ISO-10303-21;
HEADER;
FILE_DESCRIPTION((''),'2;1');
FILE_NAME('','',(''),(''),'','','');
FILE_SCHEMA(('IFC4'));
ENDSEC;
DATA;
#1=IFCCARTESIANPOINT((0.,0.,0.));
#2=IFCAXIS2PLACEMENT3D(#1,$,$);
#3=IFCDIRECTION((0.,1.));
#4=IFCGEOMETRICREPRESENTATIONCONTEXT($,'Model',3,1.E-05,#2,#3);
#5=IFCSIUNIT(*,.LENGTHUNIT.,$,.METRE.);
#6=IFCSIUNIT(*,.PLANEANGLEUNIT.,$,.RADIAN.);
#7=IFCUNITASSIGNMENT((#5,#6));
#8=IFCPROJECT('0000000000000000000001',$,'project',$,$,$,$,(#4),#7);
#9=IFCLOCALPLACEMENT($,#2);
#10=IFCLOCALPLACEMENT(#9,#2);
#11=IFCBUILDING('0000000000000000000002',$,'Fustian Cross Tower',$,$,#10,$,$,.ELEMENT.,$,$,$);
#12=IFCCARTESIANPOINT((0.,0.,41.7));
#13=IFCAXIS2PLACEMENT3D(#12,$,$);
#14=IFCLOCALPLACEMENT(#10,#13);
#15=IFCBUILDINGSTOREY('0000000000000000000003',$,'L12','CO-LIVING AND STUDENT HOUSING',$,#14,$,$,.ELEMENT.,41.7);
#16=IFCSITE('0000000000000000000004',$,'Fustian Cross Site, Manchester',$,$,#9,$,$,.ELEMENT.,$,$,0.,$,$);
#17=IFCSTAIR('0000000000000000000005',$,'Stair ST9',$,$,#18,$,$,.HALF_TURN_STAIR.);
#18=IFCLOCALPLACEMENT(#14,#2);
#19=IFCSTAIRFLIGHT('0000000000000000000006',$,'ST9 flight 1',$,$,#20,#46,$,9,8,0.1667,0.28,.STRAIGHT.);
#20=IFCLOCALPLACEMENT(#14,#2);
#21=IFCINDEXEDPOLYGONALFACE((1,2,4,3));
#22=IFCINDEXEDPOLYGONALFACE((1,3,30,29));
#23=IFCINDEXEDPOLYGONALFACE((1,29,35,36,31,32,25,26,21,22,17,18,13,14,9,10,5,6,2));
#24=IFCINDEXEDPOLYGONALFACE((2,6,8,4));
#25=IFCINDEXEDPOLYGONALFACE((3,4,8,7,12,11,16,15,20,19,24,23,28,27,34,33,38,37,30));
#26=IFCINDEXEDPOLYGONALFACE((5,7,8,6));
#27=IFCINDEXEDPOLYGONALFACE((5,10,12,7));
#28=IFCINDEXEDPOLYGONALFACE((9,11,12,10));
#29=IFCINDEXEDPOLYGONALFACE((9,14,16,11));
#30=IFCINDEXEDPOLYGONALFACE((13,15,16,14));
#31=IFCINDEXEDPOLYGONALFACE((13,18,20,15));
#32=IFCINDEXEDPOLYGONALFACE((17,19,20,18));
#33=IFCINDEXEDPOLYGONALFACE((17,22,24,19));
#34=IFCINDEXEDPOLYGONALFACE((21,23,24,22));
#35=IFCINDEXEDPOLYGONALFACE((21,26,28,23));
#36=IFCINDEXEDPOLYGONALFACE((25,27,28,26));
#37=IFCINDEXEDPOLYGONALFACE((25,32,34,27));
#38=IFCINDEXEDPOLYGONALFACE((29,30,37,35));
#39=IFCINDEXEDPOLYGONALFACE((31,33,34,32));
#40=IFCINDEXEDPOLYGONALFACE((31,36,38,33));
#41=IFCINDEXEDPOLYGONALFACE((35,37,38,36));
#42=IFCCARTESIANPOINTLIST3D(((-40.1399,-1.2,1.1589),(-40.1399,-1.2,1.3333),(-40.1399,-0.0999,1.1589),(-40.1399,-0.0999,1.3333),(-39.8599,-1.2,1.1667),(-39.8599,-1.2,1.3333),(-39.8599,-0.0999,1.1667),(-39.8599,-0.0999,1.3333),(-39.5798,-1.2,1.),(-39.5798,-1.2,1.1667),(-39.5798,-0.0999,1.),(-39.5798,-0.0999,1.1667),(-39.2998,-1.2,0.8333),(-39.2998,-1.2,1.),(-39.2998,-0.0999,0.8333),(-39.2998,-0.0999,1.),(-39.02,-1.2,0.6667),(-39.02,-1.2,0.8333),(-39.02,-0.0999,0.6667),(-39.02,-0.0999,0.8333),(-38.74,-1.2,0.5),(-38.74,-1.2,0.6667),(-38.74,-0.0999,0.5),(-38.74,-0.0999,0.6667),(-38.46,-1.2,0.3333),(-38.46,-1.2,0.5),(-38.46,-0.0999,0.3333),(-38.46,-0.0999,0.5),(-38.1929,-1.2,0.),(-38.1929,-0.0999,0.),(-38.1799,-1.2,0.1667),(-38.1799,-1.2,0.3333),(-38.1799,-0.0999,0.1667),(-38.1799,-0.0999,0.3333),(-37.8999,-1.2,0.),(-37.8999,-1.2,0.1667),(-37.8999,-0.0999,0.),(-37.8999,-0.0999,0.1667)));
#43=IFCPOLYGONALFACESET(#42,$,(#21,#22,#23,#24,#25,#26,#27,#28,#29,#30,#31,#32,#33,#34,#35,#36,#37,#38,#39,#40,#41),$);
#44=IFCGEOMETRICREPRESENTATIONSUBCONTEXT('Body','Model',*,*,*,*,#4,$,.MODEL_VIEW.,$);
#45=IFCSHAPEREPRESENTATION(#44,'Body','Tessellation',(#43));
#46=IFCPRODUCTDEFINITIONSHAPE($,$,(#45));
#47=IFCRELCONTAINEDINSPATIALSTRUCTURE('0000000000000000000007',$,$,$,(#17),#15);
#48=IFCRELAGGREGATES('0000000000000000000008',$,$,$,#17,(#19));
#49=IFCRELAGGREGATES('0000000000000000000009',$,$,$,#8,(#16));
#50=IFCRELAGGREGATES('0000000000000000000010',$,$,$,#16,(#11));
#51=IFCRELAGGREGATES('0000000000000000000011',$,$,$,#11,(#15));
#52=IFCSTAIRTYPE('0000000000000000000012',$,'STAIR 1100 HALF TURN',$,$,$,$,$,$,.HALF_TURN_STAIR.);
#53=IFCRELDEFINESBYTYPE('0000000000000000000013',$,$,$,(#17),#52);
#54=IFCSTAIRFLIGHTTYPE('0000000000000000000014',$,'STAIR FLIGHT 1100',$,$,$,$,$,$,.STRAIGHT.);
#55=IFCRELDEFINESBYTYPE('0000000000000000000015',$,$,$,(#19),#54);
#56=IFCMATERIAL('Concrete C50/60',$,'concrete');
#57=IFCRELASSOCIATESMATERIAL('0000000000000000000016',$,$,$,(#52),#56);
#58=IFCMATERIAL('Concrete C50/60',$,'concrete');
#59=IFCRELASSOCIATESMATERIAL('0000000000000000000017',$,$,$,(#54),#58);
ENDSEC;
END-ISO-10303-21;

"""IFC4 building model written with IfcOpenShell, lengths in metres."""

from ifc_helpers import new_model, si_unit, direction, frame, origin, place, context, subcontext, project, spatial, polyline, outline, extrude, material, type_object, element, aggregate, save


model = new_model("IFC4")

# Units and contexts
model_context = context("Model", 3, precision=1e-05, world=origin(), true_north=direction((0.0, 1.0)))
body_context = subcontext(model_context, "Body", "Model", "MODEL_VIEW")
ifc_project = project(units=[si_unit("LENGTHUNIT", "METRE"), si_unit("PLANEANGLEUNIT", "RADIAN")], contexts=[model_context])

# Site, building, storey
site_placement = place(None, origin())
site = spatial("IfcSite", under=ifc_project, at=site_placement, Name="Fustian Cross Site, Manchester", CompositionType="ELEMENT", RefElevation=0.0)
building_placement = place(site_placement, origin())
building = spatial("IfcBuilding", under=site, at=building_placement, Name="Fustian Cross Tower", CompositionType="ELEMENT")
storey_placement = place(building_placement, frame((0.0, 0.0, 41.7)))
storey = spatial("IfcBuildingStorey", under=building, at=storey_placement, Name="L12", Description="CO-LIVING AND STUDENT HOUSING", CompositionType="ELEMENT", Elevation=41.7)

# Stair, stair flight
ifc_material_1 = material(Name="Concrete C50/60", Category="concrete")
stair_type = type_object("IfcStairType", Name="STAIR 1100 HALF TURN", PredefinedType="HALF_TURN_STAIR", material=ifc_material_1)
stair_placement = place(storey_placement, origin())
stair = element("IfcStair", 1, at=stair_placement, inside=storey, type_object=stair_type, Name="Stair ST9", PredefinedType="HALF_TURN_STAIR")
ifc_material_2 = material(Name="Concrete C50/60", Category="concrete")
stair_flight_type = type_object("IfcStairFlightType", Name="STAIR FLIGHT 1100", PredefinedType="STRAIGHT", material=ifc_material_2)
stair_flight_placement = place(storey_placement, frame((-37.8999, -0.6499, 0.0), z_axis=(0.0, 0.0, 1.0), x_axis=(-1.0, 0.0, 0.0)))
stair_flight = element("IfcStairFlight", 2, at=stair_flight_placement, type_object=stair_flight_type, Name="ST9 flight 1", NumberOfRisers=9, NumberOfTreads=8, PredefinedType="STRAIGHT", RiserHeight=0.1667, TreadLength=0.28, context=body_context, shape_type="SweptSolid", body=[
    extrude(outline(polyline([(0.0, 0.0), (0.0, 0.1667), (0.28, 0.1667), (0.28, 0.3333), (0.5601, 0.3333), (0.5601, 0.5), (0.8401, 0.5), (0.8401, 0.6667), (1.1201, 0.6667), (1.1201, 0.8333), (1.3999, 0.8333), (1.3999, 1.0), (1.6799, 1.0), (1.6799, 1.1667), (1.96, 1.1667), (1.96, 1.3333), (2.24, 1.3333), (2.24, 1.5), (2.24, 1.1589), (0.293, 0.0), (0.0, 0.0)])), frame((0.0, 0.55, 0.0), z_axis=(0.0, -1.0, 0.0), x_axis=(1.0, 0.0, 0.0)), (0.0, 0.0, 1.0), 1.1001),
])
aggregate(stair, [stair_flight])

save(model, "model.ifc")
